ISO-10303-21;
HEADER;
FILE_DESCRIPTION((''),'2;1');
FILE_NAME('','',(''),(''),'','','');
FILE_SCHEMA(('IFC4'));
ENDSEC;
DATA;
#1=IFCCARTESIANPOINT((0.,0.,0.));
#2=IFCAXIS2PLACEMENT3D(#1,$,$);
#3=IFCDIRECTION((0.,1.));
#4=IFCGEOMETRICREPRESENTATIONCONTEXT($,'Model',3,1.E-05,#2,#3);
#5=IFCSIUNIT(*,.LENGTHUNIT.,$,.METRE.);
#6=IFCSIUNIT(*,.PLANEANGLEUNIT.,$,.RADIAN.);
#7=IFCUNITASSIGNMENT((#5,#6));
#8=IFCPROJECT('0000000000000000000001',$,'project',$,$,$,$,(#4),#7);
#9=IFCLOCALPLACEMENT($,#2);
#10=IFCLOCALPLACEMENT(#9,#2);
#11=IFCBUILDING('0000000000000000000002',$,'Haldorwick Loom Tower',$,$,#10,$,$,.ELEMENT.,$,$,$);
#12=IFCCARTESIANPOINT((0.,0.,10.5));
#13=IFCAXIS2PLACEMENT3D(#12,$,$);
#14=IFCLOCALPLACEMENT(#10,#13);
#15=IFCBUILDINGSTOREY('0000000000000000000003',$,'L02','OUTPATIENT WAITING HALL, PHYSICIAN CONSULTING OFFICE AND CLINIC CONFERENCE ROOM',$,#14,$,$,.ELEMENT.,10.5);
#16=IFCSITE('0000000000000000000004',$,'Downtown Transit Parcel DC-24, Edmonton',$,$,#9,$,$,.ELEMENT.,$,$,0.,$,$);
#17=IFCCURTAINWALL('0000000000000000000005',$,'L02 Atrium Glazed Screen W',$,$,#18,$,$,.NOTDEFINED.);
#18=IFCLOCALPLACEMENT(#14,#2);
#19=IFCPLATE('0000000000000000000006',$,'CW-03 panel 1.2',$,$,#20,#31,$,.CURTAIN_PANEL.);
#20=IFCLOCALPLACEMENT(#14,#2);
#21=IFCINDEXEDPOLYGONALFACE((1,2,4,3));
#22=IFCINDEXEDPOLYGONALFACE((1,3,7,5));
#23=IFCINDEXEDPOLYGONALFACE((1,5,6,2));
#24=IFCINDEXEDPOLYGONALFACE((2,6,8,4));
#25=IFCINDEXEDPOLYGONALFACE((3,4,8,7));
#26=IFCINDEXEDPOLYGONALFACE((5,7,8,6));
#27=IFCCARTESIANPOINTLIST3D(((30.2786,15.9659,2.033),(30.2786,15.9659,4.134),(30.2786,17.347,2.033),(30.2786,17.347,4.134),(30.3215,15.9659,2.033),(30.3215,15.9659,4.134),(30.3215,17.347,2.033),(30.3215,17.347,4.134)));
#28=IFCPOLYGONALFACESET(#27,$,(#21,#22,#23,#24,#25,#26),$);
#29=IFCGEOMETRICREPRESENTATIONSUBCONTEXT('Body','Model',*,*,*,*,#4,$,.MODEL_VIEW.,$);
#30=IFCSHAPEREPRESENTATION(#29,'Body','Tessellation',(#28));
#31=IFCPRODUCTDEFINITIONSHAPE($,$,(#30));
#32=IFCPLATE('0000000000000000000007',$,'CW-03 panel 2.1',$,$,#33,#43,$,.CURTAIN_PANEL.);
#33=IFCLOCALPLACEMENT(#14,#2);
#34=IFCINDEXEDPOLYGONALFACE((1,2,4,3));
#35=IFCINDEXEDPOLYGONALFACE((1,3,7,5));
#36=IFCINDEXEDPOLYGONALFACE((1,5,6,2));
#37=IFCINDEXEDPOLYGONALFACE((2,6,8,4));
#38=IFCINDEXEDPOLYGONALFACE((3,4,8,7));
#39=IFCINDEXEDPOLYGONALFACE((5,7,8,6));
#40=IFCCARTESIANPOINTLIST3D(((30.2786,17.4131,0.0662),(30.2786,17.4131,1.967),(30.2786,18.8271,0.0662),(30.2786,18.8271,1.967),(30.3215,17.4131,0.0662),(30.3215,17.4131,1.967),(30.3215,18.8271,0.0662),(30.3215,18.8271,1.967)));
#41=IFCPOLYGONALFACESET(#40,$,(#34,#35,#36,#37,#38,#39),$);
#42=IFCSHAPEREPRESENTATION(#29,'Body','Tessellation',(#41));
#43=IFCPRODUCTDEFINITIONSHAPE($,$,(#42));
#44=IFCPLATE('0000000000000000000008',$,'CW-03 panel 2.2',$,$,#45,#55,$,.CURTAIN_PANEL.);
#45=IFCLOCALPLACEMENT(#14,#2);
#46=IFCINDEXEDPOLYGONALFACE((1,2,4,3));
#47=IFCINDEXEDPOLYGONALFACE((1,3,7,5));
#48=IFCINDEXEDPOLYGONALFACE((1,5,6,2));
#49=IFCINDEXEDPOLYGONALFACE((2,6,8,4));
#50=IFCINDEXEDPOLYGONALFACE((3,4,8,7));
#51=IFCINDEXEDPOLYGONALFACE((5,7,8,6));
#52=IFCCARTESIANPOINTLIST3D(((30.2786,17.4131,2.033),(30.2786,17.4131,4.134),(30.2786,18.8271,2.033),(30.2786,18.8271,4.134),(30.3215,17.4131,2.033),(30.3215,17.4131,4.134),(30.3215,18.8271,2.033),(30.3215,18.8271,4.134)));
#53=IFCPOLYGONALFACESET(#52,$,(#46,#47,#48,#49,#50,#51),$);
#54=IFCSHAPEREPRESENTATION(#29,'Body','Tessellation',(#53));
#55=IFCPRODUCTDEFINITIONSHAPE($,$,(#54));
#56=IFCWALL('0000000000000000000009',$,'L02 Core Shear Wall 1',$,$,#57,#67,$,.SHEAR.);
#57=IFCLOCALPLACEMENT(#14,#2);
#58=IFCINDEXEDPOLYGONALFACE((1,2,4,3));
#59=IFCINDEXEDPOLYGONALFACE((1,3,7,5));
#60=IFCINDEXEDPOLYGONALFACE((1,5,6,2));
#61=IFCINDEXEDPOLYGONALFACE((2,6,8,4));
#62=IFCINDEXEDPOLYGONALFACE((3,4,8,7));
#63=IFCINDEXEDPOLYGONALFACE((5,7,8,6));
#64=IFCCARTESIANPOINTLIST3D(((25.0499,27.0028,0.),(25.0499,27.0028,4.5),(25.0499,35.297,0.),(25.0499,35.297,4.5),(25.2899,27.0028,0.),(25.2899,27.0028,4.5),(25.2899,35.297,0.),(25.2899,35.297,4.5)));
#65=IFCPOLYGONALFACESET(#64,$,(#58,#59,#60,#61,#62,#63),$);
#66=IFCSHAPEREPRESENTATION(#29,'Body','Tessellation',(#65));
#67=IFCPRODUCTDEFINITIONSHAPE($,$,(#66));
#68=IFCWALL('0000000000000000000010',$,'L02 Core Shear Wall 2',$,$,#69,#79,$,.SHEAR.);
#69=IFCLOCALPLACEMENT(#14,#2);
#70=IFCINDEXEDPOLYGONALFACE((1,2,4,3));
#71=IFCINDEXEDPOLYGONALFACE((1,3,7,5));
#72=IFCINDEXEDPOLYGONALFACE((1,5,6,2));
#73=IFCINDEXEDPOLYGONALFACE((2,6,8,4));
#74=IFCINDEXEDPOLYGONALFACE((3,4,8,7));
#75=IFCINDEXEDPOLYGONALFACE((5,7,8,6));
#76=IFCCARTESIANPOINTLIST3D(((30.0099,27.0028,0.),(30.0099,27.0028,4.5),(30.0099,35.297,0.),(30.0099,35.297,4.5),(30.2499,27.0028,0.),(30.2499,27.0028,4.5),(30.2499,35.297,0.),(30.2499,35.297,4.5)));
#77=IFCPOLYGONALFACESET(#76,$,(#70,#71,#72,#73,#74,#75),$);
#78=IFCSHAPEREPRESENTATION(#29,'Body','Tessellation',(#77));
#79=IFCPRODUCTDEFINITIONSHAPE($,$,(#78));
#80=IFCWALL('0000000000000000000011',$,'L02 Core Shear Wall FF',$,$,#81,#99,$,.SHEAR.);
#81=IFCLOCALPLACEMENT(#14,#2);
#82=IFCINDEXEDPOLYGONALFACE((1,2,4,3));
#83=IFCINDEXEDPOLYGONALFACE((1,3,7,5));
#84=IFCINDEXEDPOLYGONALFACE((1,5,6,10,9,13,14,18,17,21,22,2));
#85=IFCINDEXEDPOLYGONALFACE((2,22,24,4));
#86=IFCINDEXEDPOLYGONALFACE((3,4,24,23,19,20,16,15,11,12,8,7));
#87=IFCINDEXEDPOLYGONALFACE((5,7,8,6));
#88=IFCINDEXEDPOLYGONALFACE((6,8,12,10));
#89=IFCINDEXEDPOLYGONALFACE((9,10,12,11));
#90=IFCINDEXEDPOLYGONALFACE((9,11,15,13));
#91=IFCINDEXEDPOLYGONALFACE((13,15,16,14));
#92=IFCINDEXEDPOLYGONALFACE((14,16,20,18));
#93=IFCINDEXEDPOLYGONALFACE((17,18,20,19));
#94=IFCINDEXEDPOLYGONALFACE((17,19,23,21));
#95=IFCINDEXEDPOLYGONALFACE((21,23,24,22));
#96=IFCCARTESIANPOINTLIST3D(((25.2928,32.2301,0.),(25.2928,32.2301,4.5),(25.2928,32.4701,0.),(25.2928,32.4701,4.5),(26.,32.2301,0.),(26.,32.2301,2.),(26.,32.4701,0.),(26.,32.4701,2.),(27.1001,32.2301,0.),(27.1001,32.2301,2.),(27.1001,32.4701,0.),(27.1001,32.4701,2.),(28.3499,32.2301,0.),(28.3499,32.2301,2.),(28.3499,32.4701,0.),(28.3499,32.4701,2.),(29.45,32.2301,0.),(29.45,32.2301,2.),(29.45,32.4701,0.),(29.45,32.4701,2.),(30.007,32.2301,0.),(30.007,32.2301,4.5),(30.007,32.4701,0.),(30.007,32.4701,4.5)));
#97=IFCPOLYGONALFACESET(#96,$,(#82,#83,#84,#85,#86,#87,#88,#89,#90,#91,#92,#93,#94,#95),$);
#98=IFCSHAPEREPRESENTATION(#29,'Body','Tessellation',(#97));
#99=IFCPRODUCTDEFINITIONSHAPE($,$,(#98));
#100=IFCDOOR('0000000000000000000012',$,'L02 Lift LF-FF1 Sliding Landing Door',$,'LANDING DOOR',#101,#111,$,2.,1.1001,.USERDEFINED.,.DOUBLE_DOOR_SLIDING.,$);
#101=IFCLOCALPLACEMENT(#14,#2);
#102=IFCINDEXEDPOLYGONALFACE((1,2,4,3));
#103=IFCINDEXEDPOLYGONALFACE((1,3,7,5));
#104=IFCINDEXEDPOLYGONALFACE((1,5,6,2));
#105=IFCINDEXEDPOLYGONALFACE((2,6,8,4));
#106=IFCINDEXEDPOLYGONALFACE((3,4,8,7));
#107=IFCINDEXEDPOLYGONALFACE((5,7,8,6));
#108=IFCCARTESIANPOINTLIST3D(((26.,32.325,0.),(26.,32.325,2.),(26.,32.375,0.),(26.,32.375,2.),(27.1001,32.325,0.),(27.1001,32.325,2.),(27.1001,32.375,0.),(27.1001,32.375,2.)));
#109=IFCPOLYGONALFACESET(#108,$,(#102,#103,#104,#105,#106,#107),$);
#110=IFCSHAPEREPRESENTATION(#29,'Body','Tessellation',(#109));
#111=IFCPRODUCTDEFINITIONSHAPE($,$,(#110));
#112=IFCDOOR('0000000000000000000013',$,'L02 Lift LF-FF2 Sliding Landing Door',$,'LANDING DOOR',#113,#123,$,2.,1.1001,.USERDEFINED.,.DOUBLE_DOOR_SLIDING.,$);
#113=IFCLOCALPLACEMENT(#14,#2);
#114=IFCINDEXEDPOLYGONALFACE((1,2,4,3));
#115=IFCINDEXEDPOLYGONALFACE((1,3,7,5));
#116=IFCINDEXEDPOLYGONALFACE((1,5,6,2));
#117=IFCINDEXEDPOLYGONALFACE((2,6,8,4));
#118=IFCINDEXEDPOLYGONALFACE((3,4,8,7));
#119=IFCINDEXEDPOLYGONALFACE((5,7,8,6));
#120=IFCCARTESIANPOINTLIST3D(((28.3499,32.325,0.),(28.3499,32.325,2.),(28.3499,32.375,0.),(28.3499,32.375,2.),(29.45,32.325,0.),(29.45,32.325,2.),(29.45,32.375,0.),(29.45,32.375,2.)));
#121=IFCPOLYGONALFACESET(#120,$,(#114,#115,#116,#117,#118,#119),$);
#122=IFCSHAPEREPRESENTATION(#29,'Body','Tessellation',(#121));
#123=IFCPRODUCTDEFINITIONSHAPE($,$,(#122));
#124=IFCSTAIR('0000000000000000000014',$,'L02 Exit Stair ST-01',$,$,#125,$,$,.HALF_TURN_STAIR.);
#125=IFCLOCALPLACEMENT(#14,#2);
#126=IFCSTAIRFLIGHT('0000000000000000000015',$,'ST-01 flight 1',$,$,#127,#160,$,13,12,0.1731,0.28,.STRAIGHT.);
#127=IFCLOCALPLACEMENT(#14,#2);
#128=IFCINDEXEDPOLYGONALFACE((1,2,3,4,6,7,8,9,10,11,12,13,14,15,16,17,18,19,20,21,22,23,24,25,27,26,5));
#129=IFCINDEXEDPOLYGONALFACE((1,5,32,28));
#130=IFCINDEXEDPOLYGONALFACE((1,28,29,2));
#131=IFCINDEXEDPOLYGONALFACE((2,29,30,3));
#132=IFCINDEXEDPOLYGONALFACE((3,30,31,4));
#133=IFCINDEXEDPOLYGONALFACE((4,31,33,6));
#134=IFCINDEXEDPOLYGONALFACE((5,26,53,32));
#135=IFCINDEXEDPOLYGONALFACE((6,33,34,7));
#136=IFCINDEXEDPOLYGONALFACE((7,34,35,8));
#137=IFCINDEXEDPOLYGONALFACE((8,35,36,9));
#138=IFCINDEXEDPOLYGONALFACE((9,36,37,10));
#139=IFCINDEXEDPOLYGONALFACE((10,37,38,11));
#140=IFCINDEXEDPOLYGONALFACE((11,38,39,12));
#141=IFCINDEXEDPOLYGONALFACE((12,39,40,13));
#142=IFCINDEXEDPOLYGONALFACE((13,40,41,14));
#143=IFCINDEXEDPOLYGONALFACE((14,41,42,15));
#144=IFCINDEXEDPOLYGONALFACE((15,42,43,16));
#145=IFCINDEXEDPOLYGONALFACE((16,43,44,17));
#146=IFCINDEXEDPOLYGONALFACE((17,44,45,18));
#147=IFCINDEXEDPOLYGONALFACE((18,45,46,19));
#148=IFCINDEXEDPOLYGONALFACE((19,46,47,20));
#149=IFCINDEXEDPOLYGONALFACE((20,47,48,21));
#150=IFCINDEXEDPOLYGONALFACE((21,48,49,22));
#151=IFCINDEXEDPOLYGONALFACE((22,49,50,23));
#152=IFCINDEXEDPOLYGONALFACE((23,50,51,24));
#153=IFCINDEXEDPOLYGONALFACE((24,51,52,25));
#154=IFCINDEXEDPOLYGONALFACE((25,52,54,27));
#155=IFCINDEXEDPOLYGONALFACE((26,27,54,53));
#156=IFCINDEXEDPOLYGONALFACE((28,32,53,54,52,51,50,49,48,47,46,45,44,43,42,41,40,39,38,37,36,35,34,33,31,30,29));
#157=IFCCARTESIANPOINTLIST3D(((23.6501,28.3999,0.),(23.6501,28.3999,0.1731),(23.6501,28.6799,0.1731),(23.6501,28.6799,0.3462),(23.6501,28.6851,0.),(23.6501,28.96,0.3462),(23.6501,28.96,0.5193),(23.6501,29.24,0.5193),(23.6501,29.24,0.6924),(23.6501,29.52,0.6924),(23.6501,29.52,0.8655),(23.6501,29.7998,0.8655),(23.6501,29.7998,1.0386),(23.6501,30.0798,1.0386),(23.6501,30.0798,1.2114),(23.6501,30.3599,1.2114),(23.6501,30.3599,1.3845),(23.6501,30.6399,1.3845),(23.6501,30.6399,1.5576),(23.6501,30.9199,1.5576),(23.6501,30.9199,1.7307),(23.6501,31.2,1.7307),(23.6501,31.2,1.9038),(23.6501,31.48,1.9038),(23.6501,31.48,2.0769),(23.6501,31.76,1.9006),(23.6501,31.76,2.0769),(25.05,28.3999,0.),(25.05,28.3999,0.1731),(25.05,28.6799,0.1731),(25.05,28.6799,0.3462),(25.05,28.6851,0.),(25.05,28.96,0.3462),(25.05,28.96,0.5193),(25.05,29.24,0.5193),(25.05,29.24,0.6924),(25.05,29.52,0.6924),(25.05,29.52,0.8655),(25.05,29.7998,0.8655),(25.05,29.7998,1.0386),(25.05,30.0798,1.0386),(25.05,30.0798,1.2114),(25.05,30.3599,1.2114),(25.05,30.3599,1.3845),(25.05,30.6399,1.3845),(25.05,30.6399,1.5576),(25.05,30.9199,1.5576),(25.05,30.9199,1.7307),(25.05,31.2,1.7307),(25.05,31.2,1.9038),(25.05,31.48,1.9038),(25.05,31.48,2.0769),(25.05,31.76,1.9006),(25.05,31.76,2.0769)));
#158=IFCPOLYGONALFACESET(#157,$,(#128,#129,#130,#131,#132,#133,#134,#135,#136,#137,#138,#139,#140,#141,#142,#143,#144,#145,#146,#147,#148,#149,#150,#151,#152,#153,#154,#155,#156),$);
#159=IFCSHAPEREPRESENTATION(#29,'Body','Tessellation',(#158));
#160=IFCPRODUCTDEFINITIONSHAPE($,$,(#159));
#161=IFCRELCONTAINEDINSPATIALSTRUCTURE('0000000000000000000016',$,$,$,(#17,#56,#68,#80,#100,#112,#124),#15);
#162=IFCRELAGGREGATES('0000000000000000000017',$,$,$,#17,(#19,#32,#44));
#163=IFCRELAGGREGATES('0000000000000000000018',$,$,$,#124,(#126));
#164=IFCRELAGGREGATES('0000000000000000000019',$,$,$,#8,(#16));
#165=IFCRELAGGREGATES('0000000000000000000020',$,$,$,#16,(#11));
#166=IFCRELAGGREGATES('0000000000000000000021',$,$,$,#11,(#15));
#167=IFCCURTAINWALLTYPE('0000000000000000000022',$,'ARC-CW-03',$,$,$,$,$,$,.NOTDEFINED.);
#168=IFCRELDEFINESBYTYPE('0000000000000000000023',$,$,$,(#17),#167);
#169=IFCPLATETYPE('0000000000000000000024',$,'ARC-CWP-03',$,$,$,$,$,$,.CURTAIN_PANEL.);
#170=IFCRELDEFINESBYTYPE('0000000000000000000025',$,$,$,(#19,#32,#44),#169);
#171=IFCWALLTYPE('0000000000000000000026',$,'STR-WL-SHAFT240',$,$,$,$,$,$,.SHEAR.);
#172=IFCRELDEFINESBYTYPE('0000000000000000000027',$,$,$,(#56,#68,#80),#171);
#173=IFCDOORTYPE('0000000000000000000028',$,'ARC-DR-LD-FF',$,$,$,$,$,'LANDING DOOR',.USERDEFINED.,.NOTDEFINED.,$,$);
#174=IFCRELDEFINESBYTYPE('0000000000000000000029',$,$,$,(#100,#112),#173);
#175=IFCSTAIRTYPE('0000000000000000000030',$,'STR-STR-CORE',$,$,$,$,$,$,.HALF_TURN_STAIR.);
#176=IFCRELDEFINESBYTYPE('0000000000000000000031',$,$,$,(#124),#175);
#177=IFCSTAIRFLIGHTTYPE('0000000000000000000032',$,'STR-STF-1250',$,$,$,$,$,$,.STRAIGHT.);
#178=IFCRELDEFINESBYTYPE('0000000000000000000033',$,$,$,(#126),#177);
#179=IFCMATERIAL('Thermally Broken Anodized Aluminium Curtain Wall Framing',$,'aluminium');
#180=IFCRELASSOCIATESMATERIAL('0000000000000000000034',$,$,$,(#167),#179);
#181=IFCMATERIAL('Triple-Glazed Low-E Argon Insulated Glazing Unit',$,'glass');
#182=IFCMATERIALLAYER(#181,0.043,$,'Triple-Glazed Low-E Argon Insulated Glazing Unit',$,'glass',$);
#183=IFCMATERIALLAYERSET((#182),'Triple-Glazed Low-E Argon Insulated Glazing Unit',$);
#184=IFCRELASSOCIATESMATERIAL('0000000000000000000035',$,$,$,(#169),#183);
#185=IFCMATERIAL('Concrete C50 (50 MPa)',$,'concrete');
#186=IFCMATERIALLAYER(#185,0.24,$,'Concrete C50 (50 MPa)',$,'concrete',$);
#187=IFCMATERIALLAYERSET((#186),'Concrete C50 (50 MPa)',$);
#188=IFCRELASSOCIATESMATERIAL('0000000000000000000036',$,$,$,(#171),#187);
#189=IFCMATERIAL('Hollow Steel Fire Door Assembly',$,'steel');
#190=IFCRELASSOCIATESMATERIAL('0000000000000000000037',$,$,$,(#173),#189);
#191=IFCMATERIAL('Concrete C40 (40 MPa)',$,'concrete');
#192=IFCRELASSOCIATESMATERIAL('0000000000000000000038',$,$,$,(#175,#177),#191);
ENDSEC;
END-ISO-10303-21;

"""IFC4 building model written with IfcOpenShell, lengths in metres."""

from ifc_helpers import new_model, si_unit, direction, frame, frame_2d, origin, origin_2d, place, context, subcontext, project, spatial, polyline, rectangle, outline, extrude, material, layer, layer_set, type_object, element, fill, aggregate, save


model = new_model("IFC4")

# Units and contexts
model_context = context("Model", 3, precision=1e-05, world=origin(), true_north=direction((0.0, 1.0)))
body_context = subcontext(model_context, "Body", "Model", "MODEL_VIEW")
ifc_project = project(units=[si_unit("LENGTHUNIT", "METRE"), si_unit("PLANEANGLEUNIT", "RADIAN")], contexts=[model_context])

# Site, building, storey
site_placement = place(None, origin())
site = spatial("IfcSite", under=ifc_project, at=site_placement, Name="Downtown Transit Parcel DC-24, Edmonton", CompositionType="ELEMENT", RefElevation=0.0)
building_placement = place(site_placement, origin())
building = spatial("IfcBuilding", under=site, at=building_placement, Name="Haldorwick Loom Tower", CompositionType="ELEMENT")
storey_placement = place(building_placement, frame((0.0, 0.0, 10.5)))
storey = spatial("IfcBuildingStorey", under=building, at=storey_placement, Name="L02", Description="OUTPATIENT WAITING HALL, PHYSICIAN CONSULTING OFFICE AND CLINIC CONFERENCE ROOM", CompositionType="ELEMENT", Elevation=10.5)

# Curtain wall
ifc_material_1 = material(Name="Thermally Broken Anodized Aluminium Curtain Wall Framing", Category="aluminium")
curtain_wall_type = type_object("IfcCurtainWallType", Name="ARC-CW-03", PredefinedType="NOTDEFINED", material=ifc_material_1)
curtain_wall_placement = place(storey_placement, origin())
curtain_wall = element("IfcCurtainWall", 1, at=curtain_wall_placement, inside=storey, type_object=curtain_wall_type, Name="L02 Atrium Glazed Screen W", PredefinedType="NOTDEFINED")

# Plates
ifc_material_2 = material(Name="Triple-Glazed Low-E Argon Insulated Glazing Unit", Category="glass")
ifc_layer_1 = layer(ifc_material_2, 0.043, Name="Triple-Glazed Low-E Argon Insulated Glazing Unit", Category="glass")
ifc_layer_set_1 = layer_set([ifc_layer_1], Name="Triple-Glazed Low-E Argon Insulated Glazing Unit")
plate_type = type_object("IfcPlateType", Name="ARC-CWP-03", PredefinedType="CURTAIN_PANEL", material=ifc_layer_set_1)
plate_1_placement = place(storey_placement, frame((30.3, 16.6565, 2.033), z_axis=(0.0, 0.0, 1.0), x_axis=(0.0, 1.0, 0.0)))
plate_1 = element("IfcPlate", 2, at=plate_1_placement, type_object=plate_type, Name="CW-03 panel 1.2", PredefinedType="CURTAIN_PANEL", context=body_context, shape_type="SweptSolid", body=[
    extrude(rectangle(XDim=1.3811, YDim=0.043, at=origin_2d()), origin(), (0.0, 0.0, 1.0), 2.1011),
])
plate_2_placement = place(storey_placement, frame((30.3, 18.1201, 0.0662), z_axis=(0.0, 0.0, 1.0), x_axis=(0.0, 1.0, 0.0)))
plate_2 = element("IfcPlate", 3, at=plate_2_placement, type_object=plate_type, Name="CW-03 panel 2.1", PredefinedType="CURTAIN_PANEL", context=body_context, shape_type="SweptSolid", body=[
    extrude(rectangle(XDim=1.4141, YDim=0.043, at=origin_2d()), origin(), (0.0, 0.0, 1.0), 1.9009),
])
plate_3_placement = place(storey_placement, frame((30.3, 18.1201, 2.033), z_axis=(0.0, 0.0, 1.0), x_axis=(0.0, 1.0, 0.0)))
plate_3 = element("IfcPlate", 4, at=plate_3_placement, type_object=plate_type, Name="CW-03 panel 2.2", PredefinedType="CURTAIN_PANEL", context=body_context, shape_type="SweptSolid", body=[
    extrude(rectangle(XDim=1.4141, YDim=0.043, at=origin_2d()), origin(), (0.0, 0.0, 1.0), 2.1011),
])
aggregate(curtain_wall, [plate_1, plate_2, plate_3])

# Walls
ifc_material_3 = material(Name="Concrete C50 (50 MPa)", Category="concrete")
ifc_layer_2 = layer(ifc_material_3, 0.24, Name="Concrete C50 (50 MPa)", Category="concrete")
ifc_layer_set_2 = layer_set([ifc_layer_2], Name="Concrete C50 (50 MPa)")
wall_type = type_object("IfcWallType", Name="STR-WL-SHAFT240", PredefinedType="SHEAR", material=ifc_layer_set_2)
for number, where, z_axis, x_axis, name in (
    (5, (25.1699, 27.0029, 0.0), (0.0, 0.0, 1.0), (0.0, 1.0, 0.0), "L02 Core Shear Wall 1"),
    (6, (30.1299, 27.0029, 0.0), (0.0, 0.0, 1.0), (0.0, 1.0, 0.0), "L02 Core Shear Wall 2"),
):
    element("IfcWall", number, at=place(storey_placement, frame(where, z_axis=z_axis, x_axis=x_axis)), inside=storey, type_object=wall_type, Name=name, PredefinedType="SHEAR", context=body_context, shape_type="SweptSolid", body=[
        extrude(rectangle(XDim=8.2942, YDim=0.24, at=frame_2d((4.147, 0.0))), origin(), (0.0, 0.0, 1.0), 4.5),
    ])

# Wall, openings, doors
wall_placement = place(storey_placement, frame((25.293, 32.3501, 0.0), z_axis=(0.0, 0.0, 1.0), x_axis=(1.0, 0.0, 0.0)))
wall = element("IfcWall", 7, at=wall_placement, inside=storey, type_object=wall_type, Name="L02 Core Shear Wall FF", PredefinedType="SHEAR", context=body_context, shape_type="SweptSolid", body=[
    extrude(rectangle(XDim=4.7141, YDim=0.24, at=frame_2d((2.3569, 0.0))), origin(), (0.0, 0.0, 1.0), 4.5),
])
opening_1_placement = place(wall_placement, frame((0.707, 0.0, 0.0)))
opening_1 = element("IfcOpeningElement", 8, at=opening_1_placement, cuts=wall, PredefinedType="OPENING", context=body_context, shape_type="SweptSolid", body=[
    extrude(rectangle(XDim=1.1001, YDim=2.0, at=frame_2d((0.55, 1.0))), frame((0.0, 0.1299, 0.0), z_axis=(0.0, -1.0, 0.0), x_axis=(1.0, 0.0, 0.0)), (0.0, 0.0, 1.0), 0.26),
])
opening_2_placement = place(wall_placement, frame((3.0569, 0.0, 0.0)))
opening_2 = element("IfcOpeningElement", 9, at=opening_2_placement, cuts=wall, PredefinedType="OPENING", context=body_context, shape_type="SweptSolid", body=[
    extrude(rectangle(XDim=1.1001, YDim=2.0, at=frame_2d((0.55, 1.0))), frame((0.0, 0.1299, 0.0), z_axis=(0.0, -1.0, 0.0), x_axis=(1.0, 0.0, 0.0)), (0.0, 0.0, 1.0), 0.26),
])
ifc_material_4 = material(Name="Hollow Steel Fire Door Assembly", Category="steel")
door_type = type_object("IfcDoorType", Name="ARC-DR-LD-FF", ElementType="LANDING DOOR", OperationType="NOTDEFINED", PredefinedType="USERDEFINED", material=ifc_material_4)
door_1_placement = place(opening_1_placement, origin())
door_1 = element("IfcDoor", 10, at=door_1_placement, inside=storey, type_object=door_type, Name="L02 Lift LF-FF1 Sliding Landing Door", ObjectType="LANDING DOOR", OperationType="DOUBLE_DOOR_SLIDING", OverallHeight=2.0, OverallWidth=1.1001, PredefinedType="USERDEFINED", context=body_context, shape_type="SweptSolid", body=[
    extrude(rectangle(XDim=1.1001, YDim=2.0, at=frame_2d((0.55, 1.0))), frame((0.0, 0.0249, 0.0), z_axis=(0.0, -1.0, 0.0), x_axis=(1.0, 0.0, 0.0)), (0.0, 0.0, 1.0), 0.05),
])
fill(opening_1, door_1)
door_2_placement = place(opening_2_placement, origin())
door_2 = element("IfcDoor", 11, at=door_2_placement, inside=storey, type_object=door_type, Name="L02 Lift LF-FF2 Sliding Landing Door", ObjectType="LANDING DOOR", OperationType="DOUBLE_DOOR_SLIDING", OverallHeight=2.0, OverallWidth=1.1001, PredefinedType="USERDEFINED", context=body_context, shape_type="SweptSolid", body=[
    extrude(rectangle(XDim=1.1001, YDim=2.0, at=frame_2d((0.55, 1.0))), frame((0.0, 0.0249, 0.0), z_axis=(0.0, -1.0, 0.0), x_axis=(1.0, 0.0, 0.0)), (0.0, 0.0, 1.0), 0.05),
])
fill(opening_2, door_2)

# Stair, stair flight
ifc_material_5 = material(Name="Concrete C40 (40 MPa)", Category="concrete")
stair_type = type_object("IfcStairType", Name="STR-STR-CORE", PredefinedType="HALF_TURN_STAIR", material=ifc_material_5)
stair_placement = place(storey_placement, origin())
stair = element("IfcStair", 12, at=stair_placement, inside=storey, type_object=stair_type, Name="L02 Exit Stair ST-01", PredefinedType="HALF_TURN_STAIR")
stair_flight_type = type_object("IfcStairFlightType", Name="STR-STF-1250", PredefinedType="STRAIGHT", material=ifc_material_5)
stair_flight_1_placement = place(storey_placement, frame((24.3501, 28.3999, 0.0), z_axis=(0.0, 0.0, 1.0), x_axis=(0.0, 1.0, 0.0)))
stair_flight_1 = element("IfcStairFlight", 13, at=stair_flight_1_placement, type_object=stair_flight_type, Name="ST-01 flight 1", NumberOfRisers=13, NumberOfTreads=12, PredefinedType="STRAIGHT", RiserHeight=0.1731, TreadLength=0.28, context=body_context, shape_type="SweptSolid", body=[
    extrude(outline(polyline([(0.0, 0.0), (0.0, 0.1731), (0.28, 0.1731), (0.28, 0.3462), (0.5601, 0.3462), (0.5601, 0.5193), (0.8401, 0.5193), (0.8401, 0.6924), (1.1201, 0.6924), (1.1201, 0.8655), (1.3999, 0.8655), (1.3999, 1.0386), (1.6799, 1.0386), (1.6799, 1.2114), (1.96, 1.2114), (1.96, 1.3845), (2.24, 1.3845), (2.24, 1.5576), (2.52, 1.5576), (2.52, 1.7307), (2.8, 1.7307), (2.8, 1.9038), (3.0801, 1.9038), (3.0801, 2.0769), (3.3601, 2.0769), (3.3601, 2.25), (3.3601, 1.9006), (0.2852, 0.0), (0.0, 0.0)])), frame((0.0, 0.7, 0.0), z_axis=(0.0, -1.0, 0.0), x_axis=(1.0, 0.0, 0.0)), (0.0, 0.0, 1.0), 1.3999),
])
aggregate(stair, [stair_flight_1])

save(model, "model.ifc")
